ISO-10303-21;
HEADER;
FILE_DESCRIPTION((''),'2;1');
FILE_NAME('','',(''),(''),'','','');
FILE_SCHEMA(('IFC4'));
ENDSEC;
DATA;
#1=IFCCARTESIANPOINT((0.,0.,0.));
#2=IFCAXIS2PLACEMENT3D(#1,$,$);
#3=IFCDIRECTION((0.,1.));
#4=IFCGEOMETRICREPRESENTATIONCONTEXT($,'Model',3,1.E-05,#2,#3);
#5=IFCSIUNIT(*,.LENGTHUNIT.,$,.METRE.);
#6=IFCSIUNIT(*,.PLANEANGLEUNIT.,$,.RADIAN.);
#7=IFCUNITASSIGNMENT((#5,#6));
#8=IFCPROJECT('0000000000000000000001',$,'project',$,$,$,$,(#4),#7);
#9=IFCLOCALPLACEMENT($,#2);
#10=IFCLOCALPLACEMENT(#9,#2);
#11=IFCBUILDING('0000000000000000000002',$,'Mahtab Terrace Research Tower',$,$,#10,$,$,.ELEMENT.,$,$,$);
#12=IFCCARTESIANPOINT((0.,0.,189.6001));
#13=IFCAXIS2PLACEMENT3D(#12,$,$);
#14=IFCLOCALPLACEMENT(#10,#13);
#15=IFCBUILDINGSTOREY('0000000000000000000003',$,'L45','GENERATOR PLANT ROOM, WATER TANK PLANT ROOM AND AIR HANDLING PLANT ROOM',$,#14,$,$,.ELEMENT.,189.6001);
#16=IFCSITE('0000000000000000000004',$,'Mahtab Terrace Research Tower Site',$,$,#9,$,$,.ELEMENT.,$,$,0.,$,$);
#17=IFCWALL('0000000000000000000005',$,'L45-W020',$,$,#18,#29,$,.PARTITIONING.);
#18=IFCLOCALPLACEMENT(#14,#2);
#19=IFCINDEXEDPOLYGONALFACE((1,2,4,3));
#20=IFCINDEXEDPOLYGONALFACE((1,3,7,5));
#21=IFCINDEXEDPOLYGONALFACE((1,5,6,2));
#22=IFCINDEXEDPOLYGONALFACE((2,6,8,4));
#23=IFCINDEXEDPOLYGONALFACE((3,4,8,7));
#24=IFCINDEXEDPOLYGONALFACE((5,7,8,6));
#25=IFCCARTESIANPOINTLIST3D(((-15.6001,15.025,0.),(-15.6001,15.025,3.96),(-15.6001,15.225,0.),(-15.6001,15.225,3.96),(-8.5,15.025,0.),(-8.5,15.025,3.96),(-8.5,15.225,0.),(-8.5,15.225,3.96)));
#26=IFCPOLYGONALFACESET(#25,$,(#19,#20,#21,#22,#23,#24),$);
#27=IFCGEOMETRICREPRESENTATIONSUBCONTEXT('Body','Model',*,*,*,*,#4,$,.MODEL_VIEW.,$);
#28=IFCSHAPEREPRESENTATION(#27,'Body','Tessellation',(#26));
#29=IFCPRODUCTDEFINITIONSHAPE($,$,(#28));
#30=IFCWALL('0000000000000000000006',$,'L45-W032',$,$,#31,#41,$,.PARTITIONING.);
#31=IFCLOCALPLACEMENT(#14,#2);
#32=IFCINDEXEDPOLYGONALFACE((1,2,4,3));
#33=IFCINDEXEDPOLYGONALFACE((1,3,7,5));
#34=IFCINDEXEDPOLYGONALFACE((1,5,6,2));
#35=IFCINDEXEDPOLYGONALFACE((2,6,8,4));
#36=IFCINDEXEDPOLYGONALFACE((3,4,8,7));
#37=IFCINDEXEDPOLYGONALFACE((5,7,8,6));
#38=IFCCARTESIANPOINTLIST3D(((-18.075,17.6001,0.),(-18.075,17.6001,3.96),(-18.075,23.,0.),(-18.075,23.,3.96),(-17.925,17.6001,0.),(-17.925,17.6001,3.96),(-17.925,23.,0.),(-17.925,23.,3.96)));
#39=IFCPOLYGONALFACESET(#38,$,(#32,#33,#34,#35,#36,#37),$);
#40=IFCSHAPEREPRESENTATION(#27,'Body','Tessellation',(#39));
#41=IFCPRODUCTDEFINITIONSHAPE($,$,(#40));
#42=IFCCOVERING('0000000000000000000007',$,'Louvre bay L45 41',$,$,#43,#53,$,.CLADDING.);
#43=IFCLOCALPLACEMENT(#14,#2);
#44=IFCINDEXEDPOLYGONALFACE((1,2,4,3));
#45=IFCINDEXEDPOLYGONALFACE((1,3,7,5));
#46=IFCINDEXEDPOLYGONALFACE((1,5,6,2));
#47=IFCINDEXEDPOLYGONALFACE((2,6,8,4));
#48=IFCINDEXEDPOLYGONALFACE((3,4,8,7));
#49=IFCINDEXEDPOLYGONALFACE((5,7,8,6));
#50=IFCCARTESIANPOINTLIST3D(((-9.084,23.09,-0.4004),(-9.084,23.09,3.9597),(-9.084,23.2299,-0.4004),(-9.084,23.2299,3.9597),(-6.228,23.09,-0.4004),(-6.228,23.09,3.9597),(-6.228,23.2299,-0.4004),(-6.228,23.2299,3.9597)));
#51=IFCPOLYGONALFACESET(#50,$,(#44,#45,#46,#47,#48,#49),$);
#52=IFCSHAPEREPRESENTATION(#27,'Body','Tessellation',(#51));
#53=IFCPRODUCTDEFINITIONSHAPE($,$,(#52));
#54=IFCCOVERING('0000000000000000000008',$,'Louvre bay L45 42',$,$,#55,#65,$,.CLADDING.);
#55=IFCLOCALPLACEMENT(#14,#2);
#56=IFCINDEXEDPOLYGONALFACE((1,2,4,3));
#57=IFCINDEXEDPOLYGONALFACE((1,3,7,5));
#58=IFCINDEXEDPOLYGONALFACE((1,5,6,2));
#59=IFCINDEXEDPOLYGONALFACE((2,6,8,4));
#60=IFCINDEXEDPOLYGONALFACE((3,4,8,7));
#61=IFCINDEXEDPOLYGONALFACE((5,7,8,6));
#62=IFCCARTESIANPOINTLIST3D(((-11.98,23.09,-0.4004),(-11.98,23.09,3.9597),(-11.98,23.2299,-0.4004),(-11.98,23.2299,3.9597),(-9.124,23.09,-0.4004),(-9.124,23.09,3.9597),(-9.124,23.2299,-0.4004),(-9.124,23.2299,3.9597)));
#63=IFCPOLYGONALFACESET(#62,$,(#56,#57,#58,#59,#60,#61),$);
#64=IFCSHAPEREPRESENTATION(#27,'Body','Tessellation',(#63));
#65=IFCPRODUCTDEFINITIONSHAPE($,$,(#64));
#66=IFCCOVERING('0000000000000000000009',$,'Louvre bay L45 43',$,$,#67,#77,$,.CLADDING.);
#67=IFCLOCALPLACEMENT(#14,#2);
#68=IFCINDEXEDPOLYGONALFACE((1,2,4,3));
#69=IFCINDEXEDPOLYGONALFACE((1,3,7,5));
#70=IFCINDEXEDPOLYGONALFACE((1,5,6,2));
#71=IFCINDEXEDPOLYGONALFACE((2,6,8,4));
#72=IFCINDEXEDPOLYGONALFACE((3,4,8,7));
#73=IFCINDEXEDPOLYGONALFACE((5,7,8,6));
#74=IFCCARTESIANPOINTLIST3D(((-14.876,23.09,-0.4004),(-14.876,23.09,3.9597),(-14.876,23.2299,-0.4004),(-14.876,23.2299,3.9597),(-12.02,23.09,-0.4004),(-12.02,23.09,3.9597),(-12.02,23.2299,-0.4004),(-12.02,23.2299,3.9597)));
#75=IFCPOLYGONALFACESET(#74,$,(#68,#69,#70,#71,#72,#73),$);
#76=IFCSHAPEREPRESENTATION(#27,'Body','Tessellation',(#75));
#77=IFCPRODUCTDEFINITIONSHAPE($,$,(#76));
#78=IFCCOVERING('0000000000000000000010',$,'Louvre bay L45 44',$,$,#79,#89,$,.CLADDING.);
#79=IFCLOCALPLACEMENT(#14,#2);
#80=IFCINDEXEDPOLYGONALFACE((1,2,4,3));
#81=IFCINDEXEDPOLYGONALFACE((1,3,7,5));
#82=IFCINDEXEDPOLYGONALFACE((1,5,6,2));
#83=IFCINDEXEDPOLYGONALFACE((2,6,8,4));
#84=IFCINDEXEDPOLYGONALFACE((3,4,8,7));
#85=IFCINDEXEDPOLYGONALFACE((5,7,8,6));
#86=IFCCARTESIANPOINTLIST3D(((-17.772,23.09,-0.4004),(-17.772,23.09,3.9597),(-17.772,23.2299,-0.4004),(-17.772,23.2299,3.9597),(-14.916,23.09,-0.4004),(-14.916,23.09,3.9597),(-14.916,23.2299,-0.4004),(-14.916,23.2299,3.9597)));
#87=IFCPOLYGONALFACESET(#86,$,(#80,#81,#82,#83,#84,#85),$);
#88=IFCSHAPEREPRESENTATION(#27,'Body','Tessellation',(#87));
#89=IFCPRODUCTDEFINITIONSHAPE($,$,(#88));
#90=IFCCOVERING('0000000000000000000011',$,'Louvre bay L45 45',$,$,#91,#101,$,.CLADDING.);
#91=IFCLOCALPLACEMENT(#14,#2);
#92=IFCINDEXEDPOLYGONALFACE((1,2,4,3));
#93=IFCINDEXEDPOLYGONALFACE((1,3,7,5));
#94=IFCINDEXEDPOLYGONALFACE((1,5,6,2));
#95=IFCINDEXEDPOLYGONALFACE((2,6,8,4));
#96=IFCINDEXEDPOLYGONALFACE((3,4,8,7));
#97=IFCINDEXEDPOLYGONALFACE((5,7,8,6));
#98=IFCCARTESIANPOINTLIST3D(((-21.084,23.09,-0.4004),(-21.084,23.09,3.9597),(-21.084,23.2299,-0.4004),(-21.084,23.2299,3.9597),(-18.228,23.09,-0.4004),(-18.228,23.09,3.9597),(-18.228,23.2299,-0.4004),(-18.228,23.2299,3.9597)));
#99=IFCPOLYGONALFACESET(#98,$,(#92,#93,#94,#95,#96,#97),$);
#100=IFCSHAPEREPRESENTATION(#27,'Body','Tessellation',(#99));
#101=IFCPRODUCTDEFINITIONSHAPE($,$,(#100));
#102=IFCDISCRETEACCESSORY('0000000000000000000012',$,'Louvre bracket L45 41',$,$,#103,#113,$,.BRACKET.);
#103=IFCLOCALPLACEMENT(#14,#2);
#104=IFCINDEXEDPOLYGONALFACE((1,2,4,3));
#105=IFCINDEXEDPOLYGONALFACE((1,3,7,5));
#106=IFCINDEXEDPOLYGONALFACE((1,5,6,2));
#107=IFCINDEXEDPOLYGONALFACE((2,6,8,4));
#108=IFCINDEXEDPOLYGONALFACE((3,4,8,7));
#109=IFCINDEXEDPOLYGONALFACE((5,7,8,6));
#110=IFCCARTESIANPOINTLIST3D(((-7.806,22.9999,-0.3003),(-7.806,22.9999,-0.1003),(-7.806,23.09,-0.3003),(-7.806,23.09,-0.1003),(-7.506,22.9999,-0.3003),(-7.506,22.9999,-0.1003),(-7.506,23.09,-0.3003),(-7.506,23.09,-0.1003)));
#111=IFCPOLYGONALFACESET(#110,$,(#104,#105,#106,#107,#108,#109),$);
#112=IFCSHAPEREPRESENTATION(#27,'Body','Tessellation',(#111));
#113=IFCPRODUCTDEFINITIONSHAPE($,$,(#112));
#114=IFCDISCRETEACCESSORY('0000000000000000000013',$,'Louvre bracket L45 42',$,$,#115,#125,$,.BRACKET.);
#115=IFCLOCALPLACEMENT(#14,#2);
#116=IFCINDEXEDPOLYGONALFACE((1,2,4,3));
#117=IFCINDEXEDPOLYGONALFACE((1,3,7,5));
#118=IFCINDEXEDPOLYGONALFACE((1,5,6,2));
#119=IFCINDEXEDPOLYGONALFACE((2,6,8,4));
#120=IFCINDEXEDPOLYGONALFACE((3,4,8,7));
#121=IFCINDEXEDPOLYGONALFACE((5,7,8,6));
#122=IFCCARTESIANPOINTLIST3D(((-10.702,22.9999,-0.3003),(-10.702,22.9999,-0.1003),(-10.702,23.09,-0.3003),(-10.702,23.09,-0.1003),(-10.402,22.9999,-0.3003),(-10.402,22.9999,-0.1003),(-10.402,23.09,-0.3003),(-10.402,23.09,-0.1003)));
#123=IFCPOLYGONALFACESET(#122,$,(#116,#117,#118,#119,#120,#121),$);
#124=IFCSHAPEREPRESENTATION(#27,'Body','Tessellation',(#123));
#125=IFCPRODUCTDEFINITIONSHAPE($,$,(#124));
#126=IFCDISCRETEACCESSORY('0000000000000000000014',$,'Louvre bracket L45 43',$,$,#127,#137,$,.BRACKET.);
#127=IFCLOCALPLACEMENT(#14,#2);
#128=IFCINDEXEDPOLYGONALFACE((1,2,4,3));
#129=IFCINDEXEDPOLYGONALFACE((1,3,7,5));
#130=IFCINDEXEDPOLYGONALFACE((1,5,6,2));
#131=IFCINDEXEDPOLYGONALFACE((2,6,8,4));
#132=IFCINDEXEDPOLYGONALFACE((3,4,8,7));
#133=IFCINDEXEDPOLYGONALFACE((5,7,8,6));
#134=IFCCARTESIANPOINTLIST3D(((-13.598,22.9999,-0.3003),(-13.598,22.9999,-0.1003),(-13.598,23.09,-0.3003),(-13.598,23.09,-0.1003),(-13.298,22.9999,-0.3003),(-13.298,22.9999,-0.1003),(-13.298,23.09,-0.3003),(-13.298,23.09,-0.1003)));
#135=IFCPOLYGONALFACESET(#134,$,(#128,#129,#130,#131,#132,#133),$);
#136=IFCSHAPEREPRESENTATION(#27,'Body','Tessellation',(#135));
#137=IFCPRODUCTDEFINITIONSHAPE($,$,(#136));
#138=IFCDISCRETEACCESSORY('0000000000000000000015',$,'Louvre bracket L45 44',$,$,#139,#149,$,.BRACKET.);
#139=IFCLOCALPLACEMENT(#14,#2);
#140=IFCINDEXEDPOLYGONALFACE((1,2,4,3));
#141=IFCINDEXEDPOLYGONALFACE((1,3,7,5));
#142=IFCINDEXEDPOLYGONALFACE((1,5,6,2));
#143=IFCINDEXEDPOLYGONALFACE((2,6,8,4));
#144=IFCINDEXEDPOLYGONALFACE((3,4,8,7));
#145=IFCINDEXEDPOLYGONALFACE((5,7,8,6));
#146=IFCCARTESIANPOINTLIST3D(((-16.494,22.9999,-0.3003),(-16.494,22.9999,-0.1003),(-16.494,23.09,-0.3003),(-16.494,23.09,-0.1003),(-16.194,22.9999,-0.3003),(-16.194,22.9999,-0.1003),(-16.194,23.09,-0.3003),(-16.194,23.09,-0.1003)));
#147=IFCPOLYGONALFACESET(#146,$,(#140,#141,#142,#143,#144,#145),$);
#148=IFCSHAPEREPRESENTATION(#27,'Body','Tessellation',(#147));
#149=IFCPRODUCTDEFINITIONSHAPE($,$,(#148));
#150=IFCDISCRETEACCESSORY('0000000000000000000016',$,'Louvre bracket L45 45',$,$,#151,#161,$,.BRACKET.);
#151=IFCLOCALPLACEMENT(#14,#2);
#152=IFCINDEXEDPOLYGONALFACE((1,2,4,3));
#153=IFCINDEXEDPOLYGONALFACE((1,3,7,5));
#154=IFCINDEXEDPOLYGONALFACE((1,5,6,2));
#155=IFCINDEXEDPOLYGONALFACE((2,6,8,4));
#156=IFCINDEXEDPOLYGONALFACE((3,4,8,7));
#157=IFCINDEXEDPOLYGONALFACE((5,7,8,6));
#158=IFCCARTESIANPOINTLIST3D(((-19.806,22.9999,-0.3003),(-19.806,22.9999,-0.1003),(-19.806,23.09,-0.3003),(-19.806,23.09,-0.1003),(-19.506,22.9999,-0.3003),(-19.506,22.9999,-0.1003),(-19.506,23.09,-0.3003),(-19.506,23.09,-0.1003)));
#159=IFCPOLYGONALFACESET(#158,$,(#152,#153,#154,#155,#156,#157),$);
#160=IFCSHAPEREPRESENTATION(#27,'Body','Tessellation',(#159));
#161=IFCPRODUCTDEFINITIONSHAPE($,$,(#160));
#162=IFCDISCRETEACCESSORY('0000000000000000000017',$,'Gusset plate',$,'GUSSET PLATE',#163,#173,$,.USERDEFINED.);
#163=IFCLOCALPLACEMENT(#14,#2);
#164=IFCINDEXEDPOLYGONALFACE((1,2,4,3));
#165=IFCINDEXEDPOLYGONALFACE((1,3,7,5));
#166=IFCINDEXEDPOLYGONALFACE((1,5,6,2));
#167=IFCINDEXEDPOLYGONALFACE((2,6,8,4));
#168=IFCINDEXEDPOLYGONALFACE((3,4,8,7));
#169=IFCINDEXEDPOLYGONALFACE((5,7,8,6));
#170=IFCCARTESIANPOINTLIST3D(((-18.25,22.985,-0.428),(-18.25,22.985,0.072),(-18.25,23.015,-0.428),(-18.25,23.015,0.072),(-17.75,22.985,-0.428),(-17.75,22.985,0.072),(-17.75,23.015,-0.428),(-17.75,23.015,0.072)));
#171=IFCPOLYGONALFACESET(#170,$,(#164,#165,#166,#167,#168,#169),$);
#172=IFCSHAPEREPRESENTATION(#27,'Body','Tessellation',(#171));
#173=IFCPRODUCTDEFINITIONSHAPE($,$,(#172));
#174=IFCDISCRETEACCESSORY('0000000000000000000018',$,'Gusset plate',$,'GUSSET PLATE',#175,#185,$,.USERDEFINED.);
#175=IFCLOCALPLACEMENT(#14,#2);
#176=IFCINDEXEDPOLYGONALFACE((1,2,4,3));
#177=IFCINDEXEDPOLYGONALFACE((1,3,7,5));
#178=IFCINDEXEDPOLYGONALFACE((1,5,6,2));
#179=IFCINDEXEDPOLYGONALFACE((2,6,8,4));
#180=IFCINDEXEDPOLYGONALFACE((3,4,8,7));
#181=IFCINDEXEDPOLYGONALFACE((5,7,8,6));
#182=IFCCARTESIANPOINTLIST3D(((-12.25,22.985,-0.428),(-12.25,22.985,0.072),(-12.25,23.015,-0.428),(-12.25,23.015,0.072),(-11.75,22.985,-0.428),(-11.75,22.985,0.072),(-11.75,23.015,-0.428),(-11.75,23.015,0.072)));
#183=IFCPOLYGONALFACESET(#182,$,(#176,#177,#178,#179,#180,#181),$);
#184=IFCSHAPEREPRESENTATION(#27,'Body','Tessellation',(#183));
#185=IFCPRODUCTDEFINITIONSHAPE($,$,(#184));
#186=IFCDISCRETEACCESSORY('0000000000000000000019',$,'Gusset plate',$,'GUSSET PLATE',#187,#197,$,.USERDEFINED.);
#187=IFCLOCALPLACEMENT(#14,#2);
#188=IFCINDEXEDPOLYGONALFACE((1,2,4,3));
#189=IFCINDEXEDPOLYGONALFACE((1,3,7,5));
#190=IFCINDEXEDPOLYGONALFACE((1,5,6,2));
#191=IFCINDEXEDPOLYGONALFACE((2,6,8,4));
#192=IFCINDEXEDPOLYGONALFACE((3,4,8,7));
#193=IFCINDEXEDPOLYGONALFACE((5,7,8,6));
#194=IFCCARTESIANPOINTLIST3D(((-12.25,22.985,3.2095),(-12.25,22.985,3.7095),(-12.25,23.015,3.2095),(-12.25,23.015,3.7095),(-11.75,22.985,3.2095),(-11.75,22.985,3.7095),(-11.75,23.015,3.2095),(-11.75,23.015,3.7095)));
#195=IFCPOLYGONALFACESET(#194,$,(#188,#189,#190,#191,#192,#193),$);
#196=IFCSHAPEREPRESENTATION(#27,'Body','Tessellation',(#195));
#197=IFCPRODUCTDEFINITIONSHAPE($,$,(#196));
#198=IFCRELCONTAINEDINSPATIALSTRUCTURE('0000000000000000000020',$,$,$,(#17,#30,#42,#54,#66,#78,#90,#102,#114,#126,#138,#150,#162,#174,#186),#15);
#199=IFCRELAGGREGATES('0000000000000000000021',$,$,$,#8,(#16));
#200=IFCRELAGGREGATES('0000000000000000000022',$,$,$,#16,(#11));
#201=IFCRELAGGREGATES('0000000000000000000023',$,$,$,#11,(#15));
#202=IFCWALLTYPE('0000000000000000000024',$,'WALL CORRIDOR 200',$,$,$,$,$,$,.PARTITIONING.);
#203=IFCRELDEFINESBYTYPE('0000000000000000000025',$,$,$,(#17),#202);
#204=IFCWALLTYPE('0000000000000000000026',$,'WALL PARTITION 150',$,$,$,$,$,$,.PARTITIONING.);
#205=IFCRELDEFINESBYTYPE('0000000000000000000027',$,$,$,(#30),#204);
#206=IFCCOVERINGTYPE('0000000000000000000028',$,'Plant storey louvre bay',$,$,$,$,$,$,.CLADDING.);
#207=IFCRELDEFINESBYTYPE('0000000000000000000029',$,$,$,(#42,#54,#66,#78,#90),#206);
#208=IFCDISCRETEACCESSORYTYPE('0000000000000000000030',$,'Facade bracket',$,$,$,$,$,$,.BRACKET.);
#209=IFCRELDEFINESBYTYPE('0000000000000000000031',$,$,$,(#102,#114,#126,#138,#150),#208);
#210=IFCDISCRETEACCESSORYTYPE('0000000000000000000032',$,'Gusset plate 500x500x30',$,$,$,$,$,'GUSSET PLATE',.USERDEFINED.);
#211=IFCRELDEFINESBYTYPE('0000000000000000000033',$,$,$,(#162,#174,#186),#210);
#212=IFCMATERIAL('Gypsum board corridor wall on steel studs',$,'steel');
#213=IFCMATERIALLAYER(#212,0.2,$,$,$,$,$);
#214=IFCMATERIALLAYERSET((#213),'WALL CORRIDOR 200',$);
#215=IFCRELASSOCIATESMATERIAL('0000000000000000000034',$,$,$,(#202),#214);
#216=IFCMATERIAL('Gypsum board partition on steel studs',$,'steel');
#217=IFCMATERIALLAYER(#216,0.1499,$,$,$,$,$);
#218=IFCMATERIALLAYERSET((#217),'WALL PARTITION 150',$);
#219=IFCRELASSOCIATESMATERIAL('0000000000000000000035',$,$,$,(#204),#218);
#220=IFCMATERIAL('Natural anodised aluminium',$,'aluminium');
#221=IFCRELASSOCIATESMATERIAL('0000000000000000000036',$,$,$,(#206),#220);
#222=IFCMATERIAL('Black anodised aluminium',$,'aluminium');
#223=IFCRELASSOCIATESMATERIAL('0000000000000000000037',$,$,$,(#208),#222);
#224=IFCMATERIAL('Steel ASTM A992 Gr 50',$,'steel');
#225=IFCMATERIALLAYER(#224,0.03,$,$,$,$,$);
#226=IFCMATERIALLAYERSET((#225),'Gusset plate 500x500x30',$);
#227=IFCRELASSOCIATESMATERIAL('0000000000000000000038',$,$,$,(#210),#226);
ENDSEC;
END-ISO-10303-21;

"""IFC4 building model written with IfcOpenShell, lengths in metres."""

from ifc_helpers import new_model, si_unit, direction, frame, frame_2d, origin, origin_2d, place, context, subcontext, project, spatial, rectangle, extrude, material, layer, layer_set, type_object, element, save


model = new_model("IFC4")

# Units and contexts
model_context = context("Model", 3, precision=1e-05, world=origin(), true_north=direction((0.0, 1.0)))
body_context = subcontext(model_context, "Body", "Model", "MODEL_VIEW")
ifc_project = project(units=[si_unit("LENGTHUNIT", "METRE"), si_unit("PLANEANGLEUNIT", "RADIAN")], contexts=[model_context])

# Site, building, storey
site_placement = place(None, origin())
site = spatial("IfcSite", under=ifc_project, at=site_placement, Name="Mahtab Terrace Research Tower Site", CompositionType="ELEMENT", RefElevation=0.0)
building_placement = place(site_placement, origin())
building = spatial("IfcBuilding", under=site, at=building_placement, Name="Mahtab Terrace Research Tower", CompositionType="ELEMENT")
storey_placement = place(building_placement, frame((0.0, 0.0, 189.6001)))
storey = spatial("IfcBuildingStorey", under=building, at=storey_placement, Name="L45", Description="GENERATOR PLANT ROOM, WATER TANK PLANT ROOM AND AIR HANDLING PLANT ROOM", CompositionType="ELEMENT", Elevation=189.6001)

# Shared definitions
ifc_material_1 = material(Name="Steel ASTM A992 Gr 50", Category="steel")

# Walls
ifc_material_2 = material(Name="Gypsum board corridor wall on steel studs", Category="steel")
ifc_layer_1 = layer(ifc_material_2, 0.2)
ifc_layer_set_1 = layer_set([ifc_layer_1], Name="WALL CORRIDOR 200")
wall_type_1 = type_object("IfcWallType", Name="WALL CORRIDOR 200", PredefinedType="PARTITIONING", material=ifc_layer_set_1)
wall_1_placement = place(storey_placement, frame((-15.6001, 15.125, 0.0), z_axis=(0.0, 0.0, 1.0), x_axis=(1.0, 0.0, 0.0)))
element("IfcWall", 1, at=wall_1_placement, inside=storey, type_object=wall_type_1, Name="L45-W020", PredefinedType="PARTITIONING", context=body_context, shape_type="SweptSolid", body=[
    extrude(rectangle(XDim=7.1001, YDim=0.2, at=frame_2d((3.55, 0.0))), origin(), (0.0, 0.0, 1.0), 3.96),
])
ifc_material_3 = material(Name="Gypsum board partition on steel studs", Category="steel")
ifc_layer_2 = layer(ifc_material_3, 0.1499)
ifc_layer_set_2 = layer_set([ifc_layer_2], Name="WALL PARTITION 150")
wall_type_2 = type_object("IfcWallType", Name="WALL PARTITION 150", PredefinedType="PARTITIONING", material=ifc_layer_set_2)
wall_2_placement = place(storey_placement, frame((-18.0, 17.6001, 0.0), z_axis=(0.0, 0.0, 1.0), x_axis=(0.0, 1.0, 0.0)))
element("IfcWall", 2, at=wall_2_placement, inside=storey, type_object=wall_type_2, Name="L45-W032", PredefinedType="PARTITIONING", context=body_context, shape_type="SweptSolid", body=[
    extrude(rectangle(XDim=5.3999, YDim=0.1499, at=frame_2d((2.7, 0.0))), origin(), (0.0, 0.0, 1.0), 3.96),
])

# Coverings
ifc_material_4 = material(Name="Natural anodised aluminium", Category="aluminium")
covering_type = type_object("IfcCoveringType", Name="Plant storey louvre bay", PredefinedType="CLADDING", material=ifc_material_4)
for number, where, z_axis, x_axis, name in (
    (3, (-7.656, 23.1599, -0.4004), (0.0, 0.0, 1.0), (-1.0, 0.0, 0.0), "Louvre bay L45 41"),
    (4, (-10.552, 23.1599, -0.4004), (0.0, 0.0, 1.0), (-1.0, 0.0, 0.0), "Louvre bay L45 42"),
    (5, (-13.448, 23.1599, -0.4004), (0.0, 0.0, 1.0), (-1.0, 0.0, 0.0), "Louvre bay L45 43"),
    (6, (-16.344, 23.1599, -0.4004), (0.0, 0.0, 1.0), (-1.0, 0.0, 0.0), "Louvre bay L45 44"),
    (7, (-19.656, 23.1599, -0.4004), (0.0, 0.0, 1.0), (-1.0, 0.0, 0.0), "Louvre bay L45 45"),
):
    element("IfcCovering", number, at=place(storey_placement, frame(where, z_axis=z_axis, x_axis=x_axis)), inside=storey, type_object=covering_type, Name=name, PredefinedType="CLADDING", context=body_context, shape_type="SweptSolid", body=[
        extrude(rectangle(XDim=2.856, YDim=0.1399, at=origin_2d()), origin(), (0.0, 0.0, 1.0), 4.3601),
    ])

# Discrete accessories
ifc_material_5 = material(Name="Black anodised aluminium", Category="aluminium")
discrete_accessory_type_1 = type_object("IfcDiscreteAccessoryType", Name="Facade bracket", PredefinedType="BRACKET", material=ifc_material_5)
for number, where, z_axis, x_axis, name in (
    (8, (-7.656, 23.0449, -0.3003), (0.0, 0.0, 1.0), (-1.0, 0.0, 0.0), "Louvre bracket L45 41"),
    (9, (-10.552, 23.0449, -0.3003), (0.0, 0.0, 1.0), (-1.0, 0.0, 0.0), "Louvre bracket L45 42"),
    (10, (-13.448, 23.0449, -0.3003), (0.0, 0.0, 1.0), (-1.0, 0.0, 0.0), "Louvre bracket L45 43"),
    (11, (-16.344, 23.0449, -0.3003), (0.0, 0.0, 1.0), (-1.0, 0.0, 0.0), "Louvre bracket L45 44"),
    (12, (-19.656, 23.0449, -0.3003), (0.0, 0.0, 1.0), (-1.0, 0.0, 0.0), "Louvre bracket L45 45"),
):
    element("IfcDiscreteAccessory", number, at=place(storey_placement, frame(where, z_axis=z_axis, x_axis=x_axis)), inside=storey, type_object=discrete_accessory_type_1, Name=name, PredefinedType="BRACKET", context=body_context, shape_type="SweptSolid", body=[
        extrude(rectangle(XDim=0.3, YDim=0.0901, at=origin_2d()), origin(), (0.0, 0.0, 1.0), 0.2),
    ])
ifc_layer_3 = layer(ifc_material_1, 0.03)
ifc_layer_set_3 = layer_set([ifc_layer_3], Name="Gusset plate 500x500x30")
discrete_accessory_type_2 = type_object("IfcDiscreteAccessoryType", Name="Gusset plate 500x500x30", ElementType="GUSSET PLATE", PredefinedType="USERDEFINED", material=ifc_layer_set_3)
for number, where, z_axis, x_axis, name in (
    (13, (-18.0, 23.0, -0.428), (0.0, 0.0, 1.0), (1.0, 0.0, 0.0), "Gusset plate"),
    (14, (-12.0, 23.0, -0.428), (0.0, 0.0, 1.0), (1.0, 0.0, 0.0), "Gusset plate"),
    (15, (-12.0, 23.0, 3.2095), (0.0, 0.0, 1.0), (1.0, 0.0, 0.0), "Gusset plate"),
):
    element("IfcDiscreteAccessory", number, at=place(storey_placement, frame(where, z_axis=z_axis, x_axis=x_axis)), inside=storey, type_object=discrete_accessory_type_2, Name=name, ObjectType="GUSSET PLATE", PredefinedType="USERDEFINED", context=body_context, shape_type="SweptSolid", body=[
        extrude(rectangle(XDim=0.5, YDim=0.03, at=origin_2d()), origin(), (0.0, 0.0, 1.0), 0.5),
    ])

save(model, "model.ifc")
